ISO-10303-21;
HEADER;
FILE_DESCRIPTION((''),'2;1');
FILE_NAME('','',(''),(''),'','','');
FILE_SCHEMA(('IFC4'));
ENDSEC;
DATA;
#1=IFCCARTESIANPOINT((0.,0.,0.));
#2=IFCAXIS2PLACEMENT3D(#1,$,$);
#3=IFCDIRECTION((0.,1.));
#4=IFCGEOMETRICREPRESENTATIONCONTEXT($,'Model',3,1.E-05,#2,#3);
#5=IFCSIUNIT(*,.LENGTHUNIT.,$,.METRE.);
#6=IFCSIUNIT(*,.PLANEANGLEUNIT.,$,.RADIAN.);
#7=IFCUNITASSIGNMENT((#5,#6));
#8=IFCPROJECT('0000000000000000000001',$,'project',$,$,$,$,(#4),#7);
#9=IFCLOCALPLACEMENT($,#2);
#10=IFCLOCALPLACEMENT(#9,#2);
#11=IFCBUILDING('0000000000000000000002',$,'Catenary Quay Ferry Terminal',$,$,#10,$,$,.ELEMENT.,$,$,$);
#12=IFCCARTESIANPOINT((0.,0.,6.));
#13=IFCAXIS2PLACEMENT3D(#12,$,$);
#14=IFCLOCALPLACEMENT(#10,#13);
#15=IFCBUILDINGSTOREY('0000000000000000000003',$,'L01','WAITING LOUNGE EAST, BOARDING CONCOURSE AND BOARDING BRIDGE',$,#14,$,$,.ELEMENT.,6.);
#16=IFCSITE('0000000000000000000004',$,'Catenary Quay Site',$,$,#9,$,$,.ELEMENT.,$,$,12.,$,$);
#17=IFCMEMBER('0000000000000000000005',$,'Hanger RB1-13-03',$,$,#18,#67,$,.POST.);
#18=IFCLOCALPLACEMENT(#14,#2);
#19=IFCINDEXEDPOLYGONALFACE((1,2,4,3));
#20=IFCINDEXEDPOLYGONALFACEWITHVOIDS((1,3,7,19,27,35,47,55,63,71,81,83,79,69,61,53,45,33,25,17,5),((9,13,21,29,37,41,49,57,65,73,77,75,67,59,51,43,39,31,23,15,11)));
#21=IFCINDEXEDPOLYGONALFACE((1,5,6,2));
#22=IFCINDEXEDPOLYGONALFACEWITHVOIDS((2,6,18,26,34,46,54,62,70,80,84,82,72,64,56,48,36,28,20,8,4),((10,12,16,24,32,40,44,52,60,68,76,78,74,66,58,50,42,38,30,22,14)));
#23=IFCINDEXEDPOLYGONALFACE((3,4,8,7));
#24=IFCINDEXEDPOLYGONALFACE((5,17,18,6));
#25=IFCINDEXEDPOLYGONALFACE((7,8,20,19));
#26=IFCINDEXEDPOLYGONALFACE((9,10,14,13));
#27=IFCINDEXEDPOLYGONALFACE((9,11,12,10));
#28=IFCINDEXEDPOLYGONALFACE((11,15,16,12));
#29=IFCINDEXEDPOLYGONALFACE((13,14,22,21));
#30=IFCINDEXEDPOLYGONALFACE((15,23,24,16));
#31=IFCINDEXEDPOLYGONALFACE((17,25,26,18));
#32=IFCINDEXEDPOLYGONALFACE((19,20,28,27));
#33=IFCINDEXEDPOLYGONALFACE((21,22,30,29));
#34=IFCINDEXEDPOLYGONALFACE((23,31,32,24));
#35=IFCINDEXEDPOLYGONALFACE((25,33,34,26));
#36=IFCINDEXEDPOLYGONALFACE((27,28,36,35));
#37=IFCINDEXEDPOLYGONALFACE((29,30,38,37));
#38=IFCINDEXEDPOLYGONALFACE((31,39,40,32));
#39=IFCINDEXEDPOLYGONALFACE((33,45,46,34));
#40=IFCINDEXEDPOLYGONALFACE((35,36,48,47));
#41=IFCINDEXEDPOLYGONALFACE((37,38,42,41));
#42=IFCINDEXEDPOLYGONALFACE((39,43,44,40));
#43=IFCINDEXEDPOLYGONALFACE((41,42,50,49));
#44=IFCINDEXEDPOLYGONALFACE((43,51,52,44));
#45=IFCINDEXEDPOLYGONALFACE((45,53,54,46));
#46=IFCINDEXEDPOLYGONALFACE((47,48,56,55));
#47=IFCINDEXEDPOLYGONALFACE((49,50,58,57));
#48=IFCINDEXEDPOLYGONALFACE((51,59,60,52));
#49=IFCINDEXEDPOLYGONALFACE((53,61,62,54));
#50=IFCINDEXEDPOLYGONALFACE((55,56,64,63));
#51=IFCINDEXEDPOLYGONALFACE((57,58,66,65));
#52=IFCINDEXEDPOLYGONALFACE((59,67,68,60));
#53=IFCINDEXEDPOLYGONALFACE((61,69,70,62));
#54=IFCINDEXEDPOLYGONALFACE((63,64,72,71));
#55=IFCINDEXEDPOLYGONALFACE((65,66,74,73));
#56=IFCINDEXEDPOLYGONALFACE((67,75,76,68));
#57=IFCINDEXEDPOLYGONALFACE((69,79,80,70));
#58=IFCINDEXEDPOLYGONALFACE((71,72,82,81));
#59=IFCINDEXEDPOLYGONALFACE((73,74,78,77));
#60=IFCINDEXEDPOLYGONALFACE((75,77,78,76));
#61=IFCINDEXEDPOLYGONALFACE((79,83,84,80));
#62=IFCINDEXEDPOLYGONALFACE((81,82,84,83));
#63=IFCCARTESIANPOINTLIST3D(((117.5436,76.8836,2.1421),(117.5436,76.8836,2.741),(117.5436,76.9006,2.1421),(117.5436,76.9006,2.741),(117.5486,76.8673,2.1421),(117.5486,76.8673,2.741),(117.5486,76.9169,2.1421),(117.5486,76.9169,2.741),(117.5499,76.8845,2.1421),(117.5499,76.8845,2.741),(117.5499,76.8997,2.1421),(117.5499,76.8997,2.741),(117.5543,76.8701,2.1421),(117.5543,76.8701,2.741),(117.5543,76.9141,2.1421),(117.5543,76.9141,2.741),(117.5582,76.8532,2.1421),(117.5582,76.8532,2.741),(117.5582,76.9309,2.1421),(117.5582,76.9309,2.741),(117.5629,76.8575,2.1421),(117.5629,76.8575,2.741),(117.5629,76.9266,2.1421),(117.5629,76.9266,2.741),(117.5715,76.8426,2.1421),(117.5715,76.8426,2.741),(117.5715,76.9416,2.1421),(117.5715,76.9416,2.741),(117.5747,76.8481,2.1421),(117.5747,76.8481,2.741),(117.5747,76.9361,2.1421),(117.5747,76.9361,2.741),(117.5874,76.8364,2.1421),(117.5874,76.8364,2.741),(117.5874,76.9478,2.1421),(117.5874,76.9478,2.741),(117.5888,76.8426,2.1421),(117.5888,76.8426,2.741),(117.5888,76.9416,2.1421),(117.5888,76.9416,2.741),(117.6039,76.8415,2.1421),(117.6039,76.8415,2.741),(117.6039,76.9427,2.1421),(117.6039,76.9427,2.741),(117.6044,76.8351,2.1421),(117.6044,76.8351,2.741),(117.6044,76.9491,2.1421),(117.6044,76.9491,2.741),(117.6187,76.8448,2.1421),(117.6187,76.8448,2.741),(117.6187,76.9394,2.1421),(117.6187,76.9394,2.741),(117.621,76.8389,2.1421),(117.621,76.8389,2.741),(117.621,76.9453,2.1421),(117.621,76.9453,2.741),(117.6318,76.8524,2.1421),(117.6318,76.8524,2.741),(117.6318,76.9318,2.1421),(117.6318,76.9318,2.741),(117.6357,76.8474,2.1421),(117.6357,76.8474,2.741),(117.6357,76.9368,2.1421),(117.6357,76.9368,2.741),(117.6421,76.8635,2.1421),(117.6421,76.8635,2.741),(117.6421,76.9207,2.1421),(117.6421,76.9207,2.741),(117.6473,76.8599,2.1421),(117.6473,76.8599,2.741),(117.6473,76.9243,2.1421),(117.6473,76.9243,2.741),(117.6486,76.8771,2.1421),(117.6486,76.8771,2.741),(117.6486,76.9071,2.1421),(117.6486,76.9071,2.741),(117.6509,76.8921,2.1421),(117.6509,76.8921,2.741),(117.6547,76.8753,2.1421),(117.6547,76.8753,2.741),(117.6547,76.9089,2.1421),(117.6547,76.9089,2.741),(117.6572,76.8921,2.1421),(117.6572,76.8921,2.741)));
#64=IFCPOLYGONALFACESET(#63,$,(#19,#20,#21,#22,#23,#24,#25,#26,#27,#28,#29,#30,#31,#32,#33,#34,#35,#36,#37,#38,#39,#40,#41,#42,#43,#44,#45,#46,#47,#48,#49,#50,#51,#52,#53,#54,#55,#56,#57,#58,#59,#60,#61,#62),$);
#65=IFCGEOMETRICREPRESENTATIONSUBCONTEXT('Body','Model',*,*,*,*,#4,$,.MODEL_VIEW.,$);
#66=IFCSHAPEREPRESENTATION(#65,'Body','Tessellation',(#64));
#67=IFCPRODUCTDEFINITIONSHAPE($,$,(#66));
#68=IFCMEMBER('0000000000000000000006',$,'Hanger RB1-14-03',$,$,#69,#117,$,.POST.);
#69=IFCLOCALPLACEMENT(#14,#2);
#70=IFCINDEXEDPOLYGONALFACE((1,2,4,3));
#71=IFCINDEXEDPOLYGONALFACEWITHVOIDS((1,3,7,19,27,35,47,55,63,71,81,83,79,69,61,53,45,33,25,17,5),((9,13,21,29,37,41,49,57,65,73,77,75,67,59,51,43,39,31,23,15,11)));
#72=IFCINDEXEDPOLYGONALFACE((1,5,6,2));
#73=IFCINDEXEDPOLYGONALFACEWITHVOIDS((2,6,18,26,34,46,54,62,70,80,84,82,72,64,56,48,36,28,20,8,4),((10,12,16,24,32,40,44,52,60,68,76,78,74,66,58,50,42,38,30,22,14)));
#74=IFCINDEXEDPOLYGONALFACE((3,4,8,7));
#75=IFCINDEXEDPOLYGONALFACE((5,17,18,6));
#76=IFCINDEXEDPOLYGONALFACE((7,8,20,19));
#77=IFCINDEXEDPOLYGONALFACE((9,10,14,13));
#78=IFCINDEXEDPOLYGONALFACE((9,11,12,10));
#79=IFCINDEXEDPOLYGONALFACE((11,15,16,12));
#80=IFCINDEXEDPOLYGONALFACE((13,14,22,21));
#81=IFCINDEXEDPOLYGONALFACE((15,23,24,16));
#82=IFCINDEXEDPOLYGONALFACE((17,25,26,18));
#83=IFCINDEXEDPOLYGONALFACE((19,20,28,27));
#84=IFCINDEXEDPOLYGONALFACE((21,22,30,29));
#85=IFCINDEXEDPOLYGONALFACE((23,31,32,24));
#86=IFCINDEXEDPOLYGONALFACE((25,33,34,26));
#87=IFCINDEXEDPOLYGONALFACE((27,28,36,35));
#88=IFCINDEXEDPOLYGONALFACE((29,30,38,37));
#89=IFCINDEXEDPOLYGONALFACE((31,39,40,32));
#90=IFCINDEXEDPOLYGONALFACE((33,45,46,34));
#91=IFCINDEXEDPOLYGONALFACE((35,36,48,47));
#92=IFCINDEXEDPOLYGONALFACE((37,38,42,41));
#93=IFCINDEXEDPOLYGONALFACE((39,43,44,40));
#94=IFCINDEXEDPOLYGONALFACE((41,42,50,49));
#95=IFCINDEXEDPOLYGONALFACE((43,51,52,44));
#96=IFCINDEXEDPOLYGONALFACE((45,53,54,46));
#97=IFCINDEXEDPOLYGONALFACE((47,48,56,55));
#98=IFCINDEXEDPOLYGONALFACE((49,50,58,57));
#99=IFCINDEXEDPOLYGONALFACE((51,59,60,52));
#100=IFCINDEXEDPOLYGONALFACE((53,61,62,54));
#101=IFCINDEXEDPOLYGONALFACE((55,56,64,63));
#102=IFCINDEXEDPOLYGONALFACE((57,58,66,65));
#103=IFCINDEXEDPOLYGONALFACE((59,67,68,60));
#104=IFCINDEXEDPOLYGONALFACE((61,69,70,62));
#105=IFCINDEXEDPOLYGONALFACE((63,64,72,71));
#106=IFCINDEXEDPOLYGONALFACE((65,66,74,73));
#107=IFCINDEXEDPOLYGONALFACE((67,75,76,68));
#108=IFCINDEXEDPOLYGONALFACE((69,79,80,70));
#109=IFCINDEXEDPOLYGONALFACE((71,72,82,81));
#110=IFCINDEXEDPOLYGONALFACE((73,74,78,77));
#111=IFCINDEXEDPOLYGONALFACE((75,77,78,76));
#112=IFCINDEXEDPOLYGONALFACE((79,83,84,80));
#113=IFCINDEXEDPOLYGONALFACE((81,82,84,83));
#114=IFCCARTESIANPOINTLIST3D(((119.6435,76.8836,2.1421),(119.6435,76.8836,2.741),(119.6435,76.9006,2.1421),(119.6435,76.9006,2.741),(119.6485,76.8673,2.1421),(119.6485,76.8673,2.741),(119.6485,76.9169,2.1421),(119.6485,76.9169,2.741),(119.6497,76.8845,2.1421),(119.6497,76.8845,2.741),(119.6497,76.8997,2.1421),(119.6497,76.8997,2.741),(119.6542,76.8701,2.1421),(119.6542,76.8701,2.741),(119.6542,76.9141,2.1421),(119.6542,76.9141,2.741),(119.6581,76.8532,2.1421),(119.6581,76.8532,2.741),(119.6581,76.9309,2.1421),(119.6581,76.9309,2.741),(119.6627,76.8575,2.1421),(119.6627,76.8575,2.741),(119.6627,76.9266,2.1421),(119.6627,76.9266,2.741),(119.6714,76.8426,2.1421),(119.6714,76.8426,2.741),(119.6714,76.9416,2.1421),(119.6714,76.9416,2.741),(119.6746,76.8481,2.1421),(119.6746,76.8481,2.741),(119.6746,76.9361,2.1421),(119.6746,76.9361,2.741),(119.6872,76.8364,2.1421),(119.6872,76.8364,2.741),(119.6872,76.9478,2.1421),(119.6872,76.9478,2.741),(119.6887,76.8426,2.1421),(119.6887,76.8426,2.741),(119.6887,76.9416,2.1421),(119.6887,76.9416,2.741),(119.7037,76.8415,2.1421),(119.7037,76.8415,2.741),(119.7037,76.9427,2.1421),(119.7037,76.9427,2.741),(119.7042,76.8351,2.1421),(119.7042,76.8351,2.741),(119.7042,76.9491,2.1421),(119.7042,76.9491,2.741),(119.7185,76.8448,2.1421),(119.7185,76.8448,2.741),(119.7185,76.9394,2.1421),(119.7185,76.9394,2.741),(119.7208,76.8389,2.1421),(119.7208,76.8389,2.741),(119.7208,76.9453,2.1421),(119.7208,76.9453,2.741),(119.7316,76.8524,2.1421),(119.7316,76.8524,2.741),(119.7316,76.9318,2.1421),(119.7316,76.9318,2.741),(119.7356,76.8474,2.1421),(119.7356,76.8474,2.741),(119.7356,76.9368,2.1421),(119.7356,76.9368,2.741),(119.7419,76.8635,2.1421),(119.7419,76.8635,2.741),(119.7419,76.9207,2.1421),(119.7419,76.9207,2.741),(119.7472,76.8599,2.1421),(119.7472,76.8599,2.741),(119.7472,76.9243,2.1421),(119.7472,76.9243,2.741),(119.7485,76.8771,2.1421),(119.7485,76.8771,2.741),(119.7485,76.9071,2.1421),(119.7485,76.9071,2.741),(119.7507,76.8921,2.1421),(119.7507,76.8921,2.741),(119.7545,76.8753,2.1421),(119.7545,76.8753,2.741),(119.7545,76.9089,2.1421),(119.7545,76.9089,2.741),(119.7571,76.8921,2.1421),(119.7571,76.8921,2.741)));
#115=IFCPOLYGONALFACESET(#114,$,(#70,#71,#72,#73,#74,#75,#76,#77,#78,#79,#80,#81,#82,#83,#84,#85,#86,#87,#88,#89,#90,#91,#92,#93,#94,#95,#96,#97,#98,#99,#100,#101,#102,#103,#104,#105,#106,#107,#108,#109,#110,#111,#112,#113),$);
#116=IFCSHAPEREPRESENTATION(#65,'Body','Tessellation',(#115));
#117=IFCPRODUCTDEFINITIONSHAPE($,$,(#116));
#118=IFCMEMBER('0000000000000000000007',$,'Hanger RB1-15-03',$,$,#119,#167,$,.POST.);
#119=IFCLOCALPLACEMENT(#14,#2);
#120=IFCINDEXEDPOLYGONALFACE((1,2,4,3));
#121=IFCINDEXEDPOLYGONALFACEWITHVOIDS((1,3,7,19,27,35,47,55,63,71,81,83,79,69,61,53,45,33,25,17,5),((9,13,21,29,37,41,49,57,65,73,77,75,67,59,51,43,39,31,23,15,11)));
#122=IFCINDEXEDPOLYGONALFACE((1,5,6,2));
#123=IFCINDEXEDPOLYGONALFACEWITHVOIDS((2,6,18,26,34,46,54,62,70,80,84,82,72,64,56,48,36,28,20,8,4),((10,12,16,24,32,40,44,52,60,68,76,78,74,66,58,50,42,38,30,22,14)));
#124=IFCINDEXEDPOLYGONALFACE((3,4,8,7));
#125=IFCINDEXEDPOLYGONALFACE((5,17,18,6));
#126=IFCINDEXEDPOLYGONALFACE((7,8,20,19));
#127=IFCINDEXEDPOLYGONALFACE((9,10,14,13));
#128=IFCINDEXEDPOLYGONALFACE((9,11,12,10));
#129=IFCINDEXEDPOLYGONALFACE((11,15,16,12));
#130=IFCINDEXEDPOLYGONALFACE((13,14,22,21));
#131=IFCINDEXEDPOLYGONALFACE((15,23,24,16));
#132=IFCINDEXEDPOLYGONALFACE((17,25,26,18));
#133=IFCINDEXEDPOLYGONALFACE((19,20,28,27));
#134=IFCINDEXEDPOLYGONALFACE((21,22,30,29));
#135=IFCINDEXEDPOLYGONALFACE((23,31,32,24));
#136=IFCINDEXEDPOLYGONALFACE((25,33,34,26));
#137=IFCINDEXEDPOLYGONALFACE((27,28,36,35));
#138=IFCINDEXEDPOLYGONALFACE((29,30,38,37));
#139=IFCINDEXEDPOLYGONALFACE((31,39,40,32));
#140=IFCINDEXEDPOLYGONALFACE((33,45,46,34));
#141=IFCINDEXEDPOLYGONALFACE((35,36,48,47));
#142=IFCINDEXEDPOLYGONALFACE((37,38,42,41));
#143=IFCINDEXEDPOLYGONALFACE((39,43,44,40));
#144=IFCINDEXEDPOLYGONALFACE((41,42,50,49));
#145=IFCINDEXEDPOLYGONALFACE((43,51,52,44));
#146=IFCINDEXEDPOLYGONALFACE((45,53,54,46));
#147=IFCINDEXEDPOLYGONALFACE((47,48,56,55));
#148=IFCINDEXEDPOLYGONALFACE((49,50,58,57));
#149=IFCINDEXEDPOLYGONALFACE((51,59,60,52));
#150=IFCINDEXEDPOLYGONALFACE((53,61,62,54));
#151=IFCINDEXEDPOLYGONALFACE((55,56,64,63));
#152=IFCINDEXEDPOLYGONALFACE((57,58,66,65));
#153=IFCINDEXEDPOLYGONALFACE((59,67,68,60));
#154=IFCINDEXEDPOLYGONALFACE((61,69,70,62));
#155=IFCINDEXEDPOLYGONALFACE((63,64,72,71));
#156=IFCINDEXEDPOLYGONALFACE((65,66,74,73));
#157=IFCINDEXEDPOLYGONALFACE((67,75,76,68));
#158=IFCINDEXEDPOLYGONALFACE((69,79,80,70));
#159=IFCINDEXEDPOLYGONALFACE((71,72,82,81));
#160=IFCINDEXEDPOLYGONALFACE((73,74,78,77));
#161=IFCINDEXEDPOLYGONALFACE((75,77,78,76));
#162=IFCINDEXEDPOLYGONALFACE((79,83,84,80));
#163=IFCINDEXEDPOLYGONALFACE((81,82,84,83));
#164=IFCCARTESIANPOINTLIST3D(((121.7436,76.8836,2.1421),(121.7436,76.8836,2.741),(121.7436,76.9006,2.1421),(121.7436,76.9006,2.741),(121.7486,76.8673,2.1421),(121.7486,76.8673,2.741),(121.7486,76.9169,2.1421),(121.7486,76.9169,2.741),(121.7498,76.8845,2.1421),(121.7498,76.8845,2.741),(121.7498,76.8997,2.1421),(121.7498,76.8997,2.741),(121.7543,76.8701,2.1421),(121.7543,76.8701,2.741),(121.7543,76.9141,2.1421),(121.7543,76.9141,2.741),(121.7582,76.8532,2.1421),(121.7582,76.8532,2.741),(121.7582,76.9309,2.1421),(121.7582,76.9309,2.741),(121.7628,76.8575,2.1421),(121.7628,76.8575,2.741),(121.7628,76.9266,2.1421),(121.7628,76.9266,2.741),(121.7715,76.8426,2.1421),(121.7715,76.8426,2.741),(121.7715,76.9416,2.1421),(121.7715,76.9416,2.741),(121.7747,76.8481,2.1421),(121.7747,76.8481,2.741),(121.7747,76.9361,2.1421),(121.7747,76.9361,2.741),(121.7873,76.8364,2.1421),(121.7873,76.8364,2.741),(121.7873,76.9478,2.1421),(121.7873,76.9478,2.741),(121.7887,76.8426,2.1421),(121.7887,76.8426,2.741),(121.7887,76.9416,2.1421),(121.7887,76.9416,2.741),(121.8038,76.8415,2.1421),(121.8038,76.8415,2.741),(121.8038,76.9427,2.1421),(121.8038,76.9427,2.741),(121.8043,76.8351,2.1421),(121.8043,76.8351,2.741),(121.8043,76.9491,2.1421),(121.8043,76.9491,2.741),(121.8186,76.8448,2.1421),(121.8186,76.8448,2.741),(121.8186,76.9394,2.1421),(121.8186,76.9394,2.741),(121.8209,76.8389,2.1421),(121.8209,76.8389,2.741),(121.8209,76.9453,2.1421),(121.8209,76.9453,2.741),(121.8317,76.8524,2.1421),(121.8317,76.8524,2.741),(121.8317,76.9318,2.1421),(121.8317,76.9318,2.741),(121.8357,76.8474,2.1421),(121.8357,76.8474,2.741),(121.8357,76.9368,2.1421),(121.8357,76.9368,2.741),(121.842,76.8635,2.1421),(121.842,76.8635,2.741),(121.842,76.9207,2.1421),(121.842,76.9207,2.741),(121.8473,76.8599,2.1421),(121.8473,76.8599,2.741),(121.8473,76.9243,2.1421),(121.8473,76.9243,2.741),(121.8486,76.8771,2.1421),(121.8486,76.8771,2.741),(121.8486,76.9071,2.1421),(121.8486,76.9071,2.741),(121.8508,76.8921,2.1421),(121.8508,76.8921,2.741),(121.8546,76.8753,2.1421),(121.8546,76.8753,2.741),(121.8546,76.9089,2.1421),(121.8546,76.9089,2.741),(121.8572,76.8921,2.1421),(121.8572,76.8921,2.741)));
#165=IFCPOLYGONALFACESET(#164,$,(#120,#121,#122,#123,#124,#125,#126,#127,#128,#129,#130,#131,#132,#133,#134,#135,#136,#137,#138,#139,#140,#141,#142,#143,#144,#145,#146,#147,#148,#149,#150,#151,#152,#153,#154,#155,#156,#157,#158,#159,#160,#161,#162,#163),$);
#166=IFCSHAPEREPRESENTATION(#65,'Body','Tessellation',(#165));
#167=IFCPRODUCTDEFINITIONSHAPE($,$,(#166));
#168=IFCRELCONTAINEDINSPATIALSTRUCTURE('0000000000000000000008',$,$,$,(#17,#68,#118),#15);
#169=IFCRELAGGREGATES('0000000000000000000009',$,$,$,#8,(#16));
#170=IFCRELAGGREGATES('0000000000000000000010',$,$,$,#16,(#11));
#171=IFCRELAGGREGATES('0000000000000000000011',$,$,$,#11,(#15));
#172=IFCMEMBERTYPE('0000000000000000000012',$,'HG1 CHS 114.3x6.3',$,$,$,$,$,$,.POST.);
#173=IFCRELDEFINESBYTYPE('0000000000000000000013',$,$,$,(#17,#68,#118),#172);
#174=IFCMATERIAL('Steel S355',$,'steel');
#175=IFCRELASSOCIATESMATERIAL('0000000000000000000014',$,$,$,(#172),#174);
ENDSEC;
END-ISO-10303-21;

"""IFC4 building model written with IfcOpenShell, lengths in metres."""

from ifc_helpers import new_model, si_unit, direction, frame, origin, origin_2d, place, context, subcontext, project, spatial, hollow_circle, extrude, material, material_profile, profile_set, type_object, element, save


model = new_model("IFC4")

# Units and contexts
model_context = context("Model", 3, precision=1e-05, world=origin(), true_north=direction((0.0, 1.0)))
body_context = subcontext(model_context, "Body", "Model", "MODEL_VIEW")
ifc_project = project(units=[si_unit("LENGTHUNIT", "METRE"), si_unit("PLANEANGLEUNIT", "RADIAN")], contexts=[model_context])

# Site, building, storey
site_placement = place(None, origin())
site = spatial("IfcSite", under=ifc_project, at=site_placement, Name="Catenary Quay Site", CompositionType="ELEMENT", RefElevation=12.0)
building_placement = place(site_placement, origin())
building = spatial("IfcBuilding", under=site, at=building_placement, Name="Catenary Quay Ferry Terminal", CompositionType="ELEMENT")
storey_placement = place(building_placement, frame((0.0, 0.0, 6.0)))
storey = spatial("IfcBuildingStorey", under=building, at=storey_placement, Name="L01", Description="WAITING LOUNGE EAST, BOARDING CONCOURSE AND BOARDING BRIDGE", CompositionType="ELEMENT", Elevation=6.0)

# Members
ifc_material_1 = material(Name="Steel S355", Category="steel")
ifc_material_profile_1 = material_profile(ifc_material_1, hollow_circle(Radius=0.0571, WallThickness=0.0063, at=origin_2d()), Name="CHS 114.3x6.3")
ifc_profile_set_1 = profile_set([ifc_material_profile_1], Name="Steel S355")
member_type_1 = type_object("IfcMemberType", Name="HG1 CHS 114.3x6.3", PredefinedType="POST", material=ifc_profile_set_1)
for number, where, z_axis, x_axis, name in (
    (1, (117.6001, 76.8921, 2.1421), (0.0, 0.0, 1.0), (1.0, 0.0, 0.0), "Hanger RB1-13-03"),
    (2, (119.7, 76.8921, 2.1421), (0.0, 0.0, 1.0), (1.0, 0.0, 0.0), "Hanger RB1-14-03"),
    (3, (121.8, 76.8921, 2.1421), (0.0, 0.0, 1.0), (1.0, 0.0, 0.0), "Hanger RB1-15-03"),
):
    element("IfcMember", number, at=place(storey_placement, frame(where, z_axis=z_axis, x_axis=x_axis)), inside=storey, type_object=member_type_1, Name=name, PredefinedType="POST", context=body_context, shape_type="SweptSolid", body=[
        extrude(hollow_circle(Radius=0.0571, WallThickness=0.0063, at=origin_2d()), origin(), (0.0, 0.0, 1.0), 0.5989),
    ])

save(model, "model.ifc")
